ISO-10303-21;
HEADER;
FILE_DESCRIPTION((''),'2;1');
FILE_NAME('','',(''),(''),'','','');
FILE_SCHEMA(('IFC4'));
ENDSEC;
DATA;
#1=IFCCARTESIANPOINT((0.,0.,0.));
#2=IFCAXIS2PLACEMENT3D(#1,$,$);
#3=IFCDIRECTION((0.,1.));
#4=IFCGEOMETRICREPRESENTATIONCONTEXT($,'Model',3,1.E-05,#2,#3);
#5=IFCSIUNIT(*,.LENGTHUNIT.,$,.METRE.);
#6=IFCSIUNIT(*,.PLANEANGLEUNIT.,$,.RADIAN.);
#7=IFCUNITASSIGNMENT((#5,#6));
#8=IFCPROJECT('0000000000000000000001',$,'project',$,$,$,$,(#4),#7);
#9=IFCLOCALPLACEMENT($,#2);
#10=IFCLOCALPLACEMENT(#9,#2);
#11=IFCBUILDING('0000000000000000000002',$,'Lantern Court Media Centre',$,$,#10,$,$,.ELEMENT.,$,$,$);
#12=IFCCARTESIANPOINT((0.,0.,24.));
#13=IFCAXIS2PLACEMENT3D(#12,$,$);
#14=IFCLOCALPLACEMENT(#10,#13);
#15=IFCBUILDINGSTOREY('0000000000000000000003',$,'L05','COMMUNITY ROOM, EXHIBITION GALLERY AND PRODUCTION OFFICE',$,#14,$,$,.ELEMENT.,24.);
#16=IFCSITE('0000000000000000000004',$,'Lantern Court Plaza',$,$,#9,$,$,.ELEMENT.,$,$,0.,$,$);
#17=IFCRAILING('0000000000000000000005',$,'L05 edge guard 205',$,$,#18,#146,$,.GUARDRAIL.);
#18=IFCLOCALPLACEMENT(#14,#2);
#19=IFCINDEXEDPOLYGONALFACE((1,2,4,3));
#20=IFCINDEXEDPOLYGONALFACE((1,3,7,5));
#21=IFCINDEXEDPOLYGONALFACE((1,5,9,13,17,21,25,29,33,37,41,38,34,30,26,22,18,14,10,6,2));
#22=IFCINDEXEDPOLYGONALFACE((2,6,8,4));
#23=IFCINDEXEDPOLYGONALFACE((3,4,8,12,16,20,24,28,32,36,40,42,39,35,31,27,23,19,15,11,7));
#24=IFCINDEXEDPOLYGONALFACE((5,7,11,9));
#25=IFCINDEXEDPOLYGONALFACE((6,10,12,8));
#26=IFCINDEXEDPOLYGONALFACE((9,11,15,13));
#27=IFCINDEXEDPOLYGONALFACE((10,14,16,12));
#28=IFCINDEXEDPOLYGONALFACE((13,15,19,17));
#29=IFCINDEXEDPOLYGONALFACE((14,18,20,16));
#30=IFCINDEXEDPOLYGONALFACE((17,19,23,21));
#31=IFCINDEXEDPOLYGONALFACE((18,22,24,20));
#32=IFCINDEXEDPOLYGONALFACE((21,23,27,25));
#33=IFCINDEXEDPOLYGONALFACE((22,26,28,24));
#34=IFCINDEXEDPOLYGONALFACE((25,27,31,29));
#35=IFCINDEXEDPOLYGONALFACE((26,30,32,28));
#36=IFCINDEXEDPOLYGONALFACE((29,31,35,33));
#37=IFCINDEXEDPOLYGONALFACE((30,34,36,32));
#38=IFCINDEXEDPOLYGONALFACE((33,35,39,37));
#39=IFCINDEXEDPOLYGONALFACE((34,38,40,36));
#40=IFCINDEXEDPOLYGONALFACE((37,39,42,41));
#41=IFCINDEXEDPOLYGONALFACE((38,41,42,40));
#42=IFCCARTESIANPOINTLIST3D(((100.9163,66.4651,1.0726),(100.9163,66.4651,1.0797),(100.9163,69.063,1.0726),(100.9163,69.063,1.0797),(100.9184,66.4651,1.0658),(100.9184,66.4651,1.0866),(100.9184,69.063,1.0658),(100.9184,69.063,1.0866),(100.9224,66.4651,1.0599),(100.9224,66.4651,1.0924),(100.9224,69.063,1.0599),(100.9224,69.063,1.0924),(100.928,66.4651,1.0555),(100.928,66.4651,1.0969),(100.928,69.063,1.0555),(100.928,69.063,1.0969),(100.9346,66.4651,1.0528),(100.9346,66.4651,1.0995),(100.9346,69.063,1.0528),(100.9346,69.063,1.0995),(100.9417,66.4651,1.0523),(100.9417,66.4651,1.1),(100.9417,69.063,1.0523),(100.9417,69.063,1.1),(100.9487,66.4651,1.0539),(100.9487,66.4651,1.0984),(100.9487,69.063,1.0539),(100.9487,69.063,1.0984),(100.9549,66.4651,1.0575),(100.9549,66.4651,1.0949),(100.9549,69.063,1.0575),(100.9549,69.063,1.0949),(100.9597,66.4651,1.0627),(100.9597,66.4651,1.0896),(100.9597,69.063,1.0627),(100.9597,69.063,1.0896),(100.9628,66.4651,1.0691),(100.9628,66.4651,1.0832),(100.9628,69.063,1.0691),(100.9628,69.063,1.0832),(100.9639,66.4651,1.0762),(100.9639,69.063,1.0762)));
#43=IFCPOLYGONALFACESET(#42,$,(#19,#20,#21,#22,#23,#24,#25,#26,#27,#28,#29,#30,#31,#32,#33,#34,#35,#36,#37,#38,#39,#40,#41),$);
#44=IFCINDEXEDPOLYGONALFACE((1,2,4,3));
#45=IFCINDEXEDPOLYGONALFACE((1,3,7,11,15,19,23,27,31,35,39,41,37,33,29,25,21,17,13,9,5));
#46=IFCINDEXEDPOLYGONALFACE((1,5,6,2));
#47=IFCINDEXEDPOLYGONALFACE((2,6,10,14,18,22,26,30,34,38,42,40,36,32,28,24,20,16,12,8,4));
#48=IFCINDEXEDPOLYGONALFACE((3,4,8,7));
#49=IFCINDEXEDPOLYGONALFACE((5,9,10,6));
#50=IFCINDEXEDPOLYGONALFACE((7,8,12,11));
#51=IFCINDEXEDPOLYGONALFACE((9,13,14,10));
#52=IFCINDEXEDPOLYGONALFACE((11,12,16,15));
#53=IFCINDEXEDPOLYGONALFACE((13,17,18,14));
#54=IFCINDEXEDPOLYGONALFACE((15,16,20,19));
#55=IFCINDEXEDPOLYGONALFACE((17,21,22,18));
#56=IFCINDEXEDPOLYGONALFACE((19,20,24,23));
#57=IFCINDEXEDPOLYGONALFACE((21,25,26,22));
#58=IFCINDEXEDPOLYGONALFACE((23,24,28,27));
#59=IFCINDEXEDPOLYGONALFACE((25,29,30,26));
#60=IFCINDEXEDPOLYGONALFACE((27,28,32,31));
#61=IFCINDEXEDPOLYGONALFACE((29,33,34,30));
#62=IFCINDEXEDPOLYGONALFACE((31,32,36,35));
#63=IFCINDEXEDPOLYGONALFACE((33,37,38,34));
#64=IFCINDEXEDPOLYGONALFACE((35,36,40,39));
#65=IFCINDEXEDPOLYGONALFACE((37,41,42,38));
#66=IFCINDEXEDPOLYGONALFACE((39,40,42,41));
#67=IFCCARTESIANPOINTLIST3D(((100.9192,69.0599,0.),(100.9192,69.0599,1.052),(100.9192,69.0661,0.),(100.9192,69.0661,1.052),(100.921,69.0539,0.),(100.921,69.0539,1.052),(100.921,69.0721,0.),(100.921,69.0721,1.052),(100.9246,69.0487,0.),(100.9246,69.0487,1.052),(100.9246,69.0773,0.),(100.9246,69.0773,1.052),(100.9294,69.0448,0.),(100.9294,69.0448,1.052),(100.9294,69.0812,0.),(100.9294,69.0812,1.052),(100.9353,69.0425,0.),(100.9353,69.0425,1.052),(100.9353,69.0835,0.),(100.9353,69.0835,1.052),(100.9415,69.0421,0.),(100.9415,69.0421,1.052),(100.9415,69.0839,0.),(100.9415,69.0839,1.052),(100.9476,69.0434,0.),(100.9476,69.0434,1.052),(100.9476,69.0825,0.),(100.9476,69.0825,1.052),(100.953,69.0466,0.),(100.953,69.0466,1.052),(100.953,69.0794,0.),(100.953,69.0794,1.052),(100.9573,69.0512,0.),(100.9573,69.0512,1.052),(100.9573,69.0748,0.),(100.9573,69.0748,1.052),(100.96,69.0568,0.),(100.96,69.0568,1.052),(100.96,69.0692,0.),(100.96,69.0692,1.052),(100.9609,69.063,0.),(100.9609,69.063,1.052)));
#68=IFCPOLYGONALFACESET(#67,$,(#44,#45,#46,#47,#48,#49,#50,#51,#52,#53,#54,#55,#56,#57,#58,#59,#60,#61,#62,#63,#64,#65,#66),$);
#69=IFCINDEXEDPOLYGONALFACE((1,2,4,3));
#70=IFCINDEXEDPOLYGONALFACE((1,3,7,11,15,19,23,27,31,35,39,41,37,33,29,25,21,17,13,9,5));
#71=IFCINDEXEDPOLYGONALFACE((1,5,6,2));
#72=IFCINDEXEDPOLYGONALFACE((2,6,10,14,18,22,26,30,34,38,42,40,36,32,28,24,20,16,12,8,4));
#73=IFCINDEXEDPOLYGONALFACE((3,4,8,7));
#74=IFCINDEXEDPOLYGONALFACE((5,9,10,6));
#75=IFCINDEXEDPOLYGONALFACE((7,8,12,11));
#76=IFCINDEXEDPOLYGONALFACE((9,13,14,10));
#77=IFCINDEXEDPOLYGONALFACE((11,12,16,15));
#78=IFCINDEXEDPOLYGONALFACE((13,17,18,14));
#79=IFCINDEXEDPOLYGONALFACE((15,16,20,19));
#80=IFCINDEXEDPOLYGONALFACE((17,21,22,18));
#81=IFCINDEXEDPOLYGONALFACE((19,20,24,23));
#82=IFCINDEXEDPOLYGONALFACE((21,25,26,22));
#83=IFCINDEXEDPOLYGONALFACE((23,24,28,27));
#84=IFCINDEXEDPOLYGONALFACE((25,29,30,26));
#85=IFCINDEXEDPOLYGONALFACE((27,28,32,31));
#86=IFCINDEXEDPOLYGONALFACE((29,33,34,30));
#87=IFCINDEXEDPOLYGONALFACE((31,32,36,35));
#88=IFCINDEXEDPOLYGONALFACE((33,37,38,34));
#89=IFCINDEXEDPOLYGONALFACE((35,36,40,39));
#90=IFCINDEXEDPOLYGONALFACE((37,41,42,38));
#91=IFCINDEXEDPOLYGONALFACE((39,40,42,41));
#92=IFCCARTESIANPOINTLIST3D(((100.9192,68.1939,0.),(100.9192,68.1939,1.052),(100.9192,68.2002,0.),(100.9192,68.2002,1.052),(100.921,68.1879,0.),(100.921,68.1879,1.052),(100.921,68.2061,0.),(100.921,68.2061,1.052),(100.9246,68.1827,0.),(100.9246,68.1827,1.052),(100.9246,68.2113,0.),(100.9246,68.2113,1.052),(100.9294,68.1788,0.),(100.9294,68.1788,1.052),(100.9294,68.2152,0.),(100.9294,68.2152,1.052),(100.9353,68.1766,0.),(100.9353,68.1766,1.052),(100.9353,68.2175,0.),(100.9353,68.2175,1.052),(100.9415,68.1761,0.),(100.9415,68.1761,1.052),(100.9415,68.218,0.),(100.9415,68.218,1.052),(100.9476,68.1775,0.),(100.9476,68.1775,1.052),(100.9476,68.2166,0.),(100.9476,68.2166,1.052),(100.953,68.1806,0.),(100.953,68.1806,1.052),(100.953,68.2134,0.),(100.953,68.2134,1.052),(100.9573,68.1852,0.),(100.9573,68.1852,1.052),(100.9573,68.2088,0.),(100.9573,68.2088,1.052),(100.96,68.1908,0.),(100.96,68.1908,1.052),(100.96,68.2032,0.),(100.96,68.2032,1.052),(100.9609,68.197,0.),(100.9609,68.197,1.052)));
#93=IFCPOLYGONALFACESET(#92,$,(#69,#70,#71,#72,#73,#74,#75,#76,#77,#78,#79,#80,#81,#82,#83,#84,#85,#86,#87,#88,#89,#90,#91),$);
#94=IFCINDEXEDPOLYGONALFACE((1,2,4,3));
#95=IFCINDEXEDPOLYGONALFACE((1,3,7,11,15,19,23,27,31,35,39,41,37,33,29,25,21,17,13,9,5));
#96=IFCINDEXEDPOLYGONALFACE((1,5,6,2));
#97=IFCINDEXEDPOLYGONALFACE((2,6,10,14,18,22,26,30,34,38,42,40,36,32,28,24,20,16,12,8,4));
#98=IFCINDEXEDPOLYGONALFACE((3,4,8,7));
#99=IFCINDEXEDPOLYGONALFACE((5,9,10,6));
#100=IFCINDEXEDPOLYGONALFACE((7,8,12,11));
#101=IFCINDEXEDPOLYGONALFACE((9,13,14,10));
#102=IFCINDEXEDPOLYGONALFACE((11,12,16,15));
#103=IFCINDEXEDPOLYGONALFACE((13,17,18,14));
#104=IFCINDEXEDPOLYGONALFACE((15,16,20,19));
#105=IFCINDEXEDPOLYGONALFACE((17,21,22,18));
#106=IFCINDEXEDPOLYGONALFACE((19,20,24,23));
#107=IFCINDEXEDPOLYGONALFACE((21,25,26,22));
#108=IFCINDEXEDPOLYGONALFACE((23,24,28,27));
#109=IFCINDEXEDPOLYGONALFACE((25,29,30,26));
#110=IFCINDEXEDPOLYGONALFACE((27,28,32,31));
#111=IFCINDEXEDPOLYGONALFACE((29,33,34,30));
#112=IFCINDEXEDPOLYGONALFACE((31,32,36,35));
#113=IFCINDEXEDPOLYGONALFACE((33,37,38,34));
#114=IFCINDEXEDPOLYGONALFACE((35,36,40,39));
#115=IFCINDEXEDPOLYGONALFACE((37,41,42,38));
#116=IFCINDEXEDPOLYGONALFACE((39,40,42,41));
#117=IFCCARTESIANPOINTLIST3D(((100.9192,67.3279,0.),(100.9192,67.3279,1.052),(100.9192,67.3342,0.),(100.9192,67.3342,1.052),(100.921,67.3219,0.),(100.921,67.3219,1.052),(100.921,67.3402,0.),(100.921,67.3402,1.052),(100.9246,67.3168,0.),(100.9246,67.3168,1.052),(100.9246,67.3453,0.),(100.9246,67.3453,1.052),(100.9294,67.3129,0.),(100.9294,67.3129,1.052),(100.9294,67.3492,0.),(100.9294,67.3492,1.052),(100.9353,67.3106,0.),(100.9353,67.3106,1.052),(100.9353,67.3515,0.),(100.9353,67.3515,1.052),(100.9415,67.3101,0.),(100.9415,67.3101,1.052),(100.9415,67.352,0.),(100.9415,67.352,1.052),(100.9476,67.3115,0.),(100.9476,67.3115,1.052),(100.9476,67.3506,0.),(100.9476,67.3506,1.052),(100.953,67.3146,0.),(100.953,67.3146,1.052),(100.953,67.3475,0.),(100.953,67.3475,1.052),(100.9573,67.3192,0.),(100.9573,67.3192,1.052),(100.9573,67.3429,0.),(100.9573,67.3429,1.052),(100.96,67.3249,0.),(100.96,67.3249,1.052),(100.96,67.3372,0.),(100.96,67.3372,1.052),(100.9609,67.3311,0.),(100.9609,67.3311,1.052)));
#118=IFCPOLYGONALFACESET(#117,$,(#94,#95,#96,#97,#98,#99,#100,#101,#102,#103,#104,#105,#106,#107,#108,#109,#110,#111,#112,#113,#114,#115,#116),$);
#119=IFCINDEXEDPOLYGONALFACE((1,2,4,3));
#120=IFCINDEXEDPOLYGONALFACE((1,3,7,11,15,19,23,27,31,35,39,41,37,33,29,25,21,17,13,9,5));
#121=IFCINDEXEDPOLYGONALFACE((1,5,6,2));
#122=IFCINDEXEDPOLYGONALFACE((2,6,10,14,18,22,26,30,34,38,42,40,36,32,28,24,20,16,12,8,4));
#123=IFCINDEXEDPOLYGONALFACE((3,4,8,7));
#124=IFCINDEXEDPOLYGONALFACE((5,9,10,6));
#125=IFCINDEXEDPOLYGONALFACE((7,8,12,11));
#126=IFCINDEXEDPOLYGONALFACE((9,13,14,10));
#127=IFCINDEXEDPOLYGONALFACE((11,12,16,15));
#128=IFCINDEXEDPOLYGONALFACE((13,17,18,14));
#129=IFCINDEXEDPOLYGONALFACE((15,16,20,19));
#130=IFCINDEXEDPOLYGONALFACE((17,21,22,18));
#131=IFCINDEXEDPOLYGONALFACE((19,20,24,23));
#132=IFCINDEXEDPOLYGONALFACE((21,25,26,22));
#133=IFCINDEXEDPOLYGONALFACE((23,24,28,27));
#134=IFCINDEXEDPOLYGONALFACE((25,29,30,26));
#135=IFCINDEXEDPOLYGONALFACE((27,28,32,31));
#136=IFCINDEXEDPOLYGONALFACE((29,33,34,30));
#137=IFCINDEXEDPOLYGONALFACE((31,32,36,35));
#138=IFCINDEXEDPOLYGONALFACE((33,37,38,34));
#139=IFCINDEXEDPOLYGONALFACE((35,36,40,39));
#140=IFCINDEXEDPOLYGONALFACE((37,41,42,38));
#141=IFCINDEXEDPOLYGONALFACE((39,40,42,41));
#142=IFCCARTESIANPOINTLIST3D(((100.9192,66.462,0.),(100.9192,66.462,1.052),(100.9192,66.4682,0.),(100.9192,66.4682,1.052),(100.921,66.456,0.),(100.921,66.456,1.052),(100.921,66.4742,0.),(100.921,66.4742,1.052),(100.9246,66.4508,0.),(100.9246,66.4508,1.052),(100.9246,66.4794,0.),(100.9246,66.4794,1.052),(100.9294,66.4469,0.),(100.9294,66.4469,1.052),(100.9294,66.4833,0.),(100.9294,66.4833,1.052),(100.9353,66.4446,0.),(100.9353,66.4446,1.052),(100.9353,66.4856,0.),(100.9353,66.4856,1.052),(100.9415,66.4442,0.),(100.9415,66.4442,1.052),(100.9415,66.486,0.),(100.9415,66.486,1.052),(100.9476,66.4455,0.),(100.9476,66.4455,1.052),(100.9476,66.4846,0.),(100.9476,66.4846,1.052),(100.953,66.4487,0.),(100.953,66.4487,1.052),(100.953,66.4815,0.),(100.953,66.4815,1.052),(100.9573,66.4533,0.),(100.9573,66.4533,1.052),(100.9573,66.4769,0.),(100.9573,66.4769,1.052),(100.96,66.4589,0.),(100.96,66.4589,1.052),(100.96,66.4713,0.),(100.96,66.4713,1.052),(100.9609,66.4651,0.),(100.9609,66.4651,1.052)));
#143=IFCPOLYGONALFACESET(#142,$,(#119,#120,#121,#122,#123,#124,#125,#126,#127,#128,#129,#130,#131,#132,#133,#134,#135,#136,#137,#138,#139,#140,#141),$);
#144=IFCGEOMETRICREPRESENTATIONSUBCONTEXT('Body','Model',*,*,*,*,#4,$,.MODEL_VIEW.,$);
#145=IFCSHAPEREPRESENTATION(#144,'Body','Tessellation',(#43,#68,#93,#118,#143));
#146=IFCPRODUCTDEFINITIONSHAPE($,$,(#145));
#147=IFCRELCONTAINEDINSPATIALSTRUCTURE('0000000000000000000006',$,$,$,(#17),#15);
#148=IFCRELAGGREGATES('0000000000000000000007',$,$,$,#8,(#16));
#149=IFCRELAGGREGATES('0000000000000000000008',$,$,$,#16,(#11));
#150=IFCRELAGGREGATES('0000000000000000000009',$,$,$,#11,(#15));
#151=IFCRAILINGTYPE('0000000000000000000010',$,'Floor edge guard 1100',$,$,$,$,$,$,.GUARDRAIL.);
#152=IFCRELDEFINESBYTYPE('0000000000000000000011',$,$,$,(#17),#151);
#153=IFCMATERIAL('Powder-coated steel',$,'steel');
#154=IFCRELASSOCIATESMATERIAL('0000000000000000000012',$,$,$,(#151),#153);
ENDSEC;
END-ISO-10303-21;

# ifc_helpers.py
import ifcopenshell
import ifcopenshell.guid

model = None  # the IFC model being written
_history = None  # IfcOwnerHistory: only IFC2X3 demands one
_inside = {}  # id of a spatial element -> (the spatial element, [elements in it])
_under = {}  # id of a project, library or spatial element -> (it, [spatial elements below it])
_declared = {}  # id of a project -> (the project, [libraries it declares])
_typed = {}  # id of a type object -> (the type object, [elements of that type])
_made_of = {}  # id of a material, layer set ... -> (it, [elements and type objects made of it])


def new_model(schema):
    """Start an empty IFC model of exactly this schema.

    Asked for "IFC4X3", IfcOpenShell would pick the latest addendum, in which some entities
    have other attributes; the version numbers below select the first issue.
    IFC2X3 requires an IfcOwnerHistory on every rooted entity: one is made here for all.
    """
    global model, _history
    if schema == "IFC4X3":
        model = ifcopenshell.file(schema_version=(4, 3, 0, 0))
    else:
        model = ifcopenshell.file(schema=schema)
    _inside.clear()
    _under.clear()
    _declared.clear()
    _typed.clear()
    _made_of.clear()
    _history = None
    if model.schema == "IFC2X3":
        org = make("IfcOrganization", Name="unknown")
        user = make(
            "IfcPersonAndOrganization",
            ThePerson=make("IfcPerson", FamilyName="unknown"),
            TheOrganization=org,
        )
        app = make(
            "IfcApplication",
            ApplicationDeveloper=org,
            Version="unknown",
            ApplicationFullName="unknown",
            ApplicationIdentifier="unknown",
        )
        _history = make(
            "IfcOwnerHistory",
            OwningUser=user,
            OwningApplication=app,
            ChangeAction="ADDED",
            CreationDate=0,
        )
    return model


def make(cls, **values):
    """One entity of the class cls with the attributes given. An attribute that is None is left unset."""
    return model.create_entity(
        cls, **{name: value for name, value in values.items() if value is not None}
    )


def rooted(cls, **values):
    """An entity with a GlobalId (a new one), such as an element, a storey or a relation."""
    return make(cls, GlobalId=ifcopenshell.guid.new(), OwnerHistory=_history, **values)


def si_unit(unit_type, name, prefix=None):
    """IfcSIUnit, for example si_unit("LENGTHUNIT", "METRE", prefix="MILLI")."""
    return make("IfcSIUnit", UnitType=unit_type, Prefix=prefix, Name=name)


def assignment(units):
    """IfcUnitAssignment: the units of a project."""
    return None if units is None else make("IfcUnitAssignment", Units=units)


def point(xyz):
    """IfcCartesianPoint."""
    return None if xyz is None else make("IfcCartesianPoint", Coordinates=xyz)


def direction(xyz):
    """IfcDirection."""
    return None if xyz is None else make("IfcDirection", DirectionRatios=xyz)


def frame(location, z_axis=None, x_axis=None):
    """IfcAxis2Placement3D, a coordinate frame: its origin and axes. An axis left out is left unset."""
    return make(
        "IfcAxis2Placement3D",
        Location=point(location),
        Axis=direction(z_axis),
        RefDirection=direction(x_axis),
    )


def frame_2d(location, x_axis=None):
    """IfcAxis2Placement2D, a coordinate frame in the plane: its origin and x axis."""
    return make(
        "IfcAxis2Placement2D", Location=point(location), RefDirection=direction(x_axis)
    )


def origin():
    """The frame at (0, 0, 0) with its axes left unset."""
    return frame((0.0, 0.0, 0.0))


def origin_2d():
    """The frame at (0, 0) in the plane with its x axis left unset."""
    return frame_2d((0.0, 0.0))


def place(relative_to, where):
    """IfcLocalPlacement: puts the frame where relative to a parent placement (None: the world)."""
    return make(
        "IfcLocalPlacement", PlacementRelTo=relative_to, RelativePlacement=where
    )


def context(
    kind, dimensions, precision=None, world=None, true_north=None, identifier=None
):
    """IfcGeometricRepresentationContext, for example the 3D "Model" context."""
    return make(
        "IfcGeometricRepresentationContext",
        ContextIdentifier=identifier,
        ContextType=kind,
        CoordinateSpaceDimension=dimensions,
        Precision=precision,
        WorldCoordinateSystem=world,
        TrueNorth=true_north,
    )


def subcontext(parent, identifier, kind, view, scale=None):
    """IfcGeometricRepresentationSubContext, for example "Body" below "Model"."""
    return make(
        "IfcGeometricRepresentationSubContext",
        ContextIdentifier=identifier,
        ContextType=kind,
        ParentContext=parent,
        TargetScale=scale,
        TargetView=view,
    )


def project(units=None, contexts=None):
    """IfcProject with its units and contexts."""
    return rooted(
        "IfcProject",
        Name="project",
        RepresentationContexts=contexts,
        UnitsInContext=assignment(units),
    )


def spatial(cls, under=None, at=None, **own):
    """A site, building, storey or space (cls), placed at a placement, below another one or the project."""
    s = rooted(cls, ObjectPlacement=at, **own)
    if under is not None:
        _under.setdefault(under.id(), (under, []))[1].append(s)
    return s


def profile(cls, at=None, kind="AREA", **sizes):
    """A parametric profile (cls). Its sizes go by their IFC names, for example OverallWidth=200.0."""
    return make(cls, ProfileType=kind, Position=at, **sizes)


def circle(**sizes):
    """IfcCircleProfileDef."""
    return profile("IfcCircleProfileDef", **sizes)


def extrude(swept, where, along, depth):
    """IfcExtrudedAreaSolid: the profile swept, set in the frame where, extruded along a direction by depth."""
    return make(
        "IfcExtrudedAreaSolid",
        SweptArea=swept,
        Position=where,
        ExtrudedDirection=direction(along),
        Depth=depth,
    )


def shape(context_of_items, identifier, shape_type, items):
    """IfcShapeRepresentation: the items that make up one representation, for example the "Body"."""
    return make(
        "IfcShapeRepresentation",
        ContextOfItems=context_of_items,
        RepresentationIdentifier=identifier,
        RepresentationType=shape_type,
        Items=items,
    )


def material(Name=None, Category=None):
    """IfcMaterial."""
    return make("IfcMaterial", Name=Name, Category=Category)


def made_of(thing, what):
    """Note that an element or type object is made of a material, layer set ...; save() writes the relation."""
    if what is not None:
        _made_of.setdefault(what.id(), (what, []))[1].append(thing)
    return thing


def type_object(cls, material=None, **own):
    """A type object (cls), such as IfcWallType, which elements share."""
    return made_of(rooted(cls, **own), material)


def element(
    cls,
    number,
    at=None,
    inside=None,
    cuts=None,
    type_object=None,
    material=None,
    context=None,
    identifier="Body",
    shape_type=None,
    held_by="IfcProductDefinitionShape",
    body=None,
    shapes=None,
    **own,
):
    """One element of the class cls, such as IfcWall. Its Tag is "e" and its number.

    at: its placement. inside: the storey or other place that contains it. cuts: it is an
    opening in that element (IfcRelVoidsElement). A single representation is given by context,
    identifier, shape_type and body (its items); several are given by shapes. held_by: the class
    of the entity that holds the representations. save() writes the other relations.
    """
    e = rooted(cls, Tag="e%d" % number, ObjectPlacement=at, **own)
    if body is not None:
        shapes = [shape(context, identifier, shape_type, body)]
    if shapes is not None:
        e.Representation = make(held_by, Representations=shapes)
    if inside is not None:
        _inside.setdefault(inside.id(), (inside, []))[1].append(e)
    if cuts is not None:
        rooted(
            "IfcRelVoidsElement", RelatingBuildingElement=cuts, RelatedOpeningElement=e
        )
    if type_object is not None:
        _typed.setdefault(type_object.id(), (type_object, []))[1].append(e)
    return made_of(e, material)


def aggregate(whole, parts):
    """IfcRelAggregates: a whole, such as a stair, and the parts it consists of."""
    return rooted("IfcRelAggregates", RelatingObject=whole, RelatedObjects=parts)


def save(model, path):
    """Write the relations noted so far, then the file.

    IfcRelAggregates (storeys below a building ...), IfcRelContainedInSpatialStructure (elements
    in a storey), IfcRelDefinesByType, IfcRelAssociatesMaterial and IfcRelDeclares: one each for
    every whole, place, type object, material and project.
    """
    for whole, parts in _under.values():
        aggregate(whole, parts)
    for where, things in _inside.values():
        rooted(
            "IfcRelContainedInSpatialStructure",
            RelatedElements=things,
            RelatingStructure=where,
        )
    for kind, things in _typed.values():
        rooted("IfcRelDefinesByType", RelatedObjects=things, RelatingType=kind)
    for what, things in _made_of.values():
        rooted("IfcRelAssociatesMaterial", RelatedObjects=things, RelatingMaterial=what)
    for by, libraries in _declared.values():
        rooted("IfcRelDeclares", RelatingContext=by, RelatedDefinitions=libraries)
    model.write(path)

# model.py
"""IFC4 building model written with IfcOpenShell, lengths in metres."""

from ifc_helpers import new_model, si_unit, direction, frame, origin, origin_2d, place, context, subcontext, project, spatial, circle, extrude, material, type_object, element, save


model = new_model("IFC4")

# Units and contexts
model_context = context("Model", 3, precision=1e-05, world=origin(), true_north=direction((0.0, 1.0)))
body_context = subcontext(model_context, "Body", "Model", "MODEL_VIEW")
ifc_project = project(units=[si_unit("LENGTHUNIT", "METRE"), si_unit("PLANEANGLEUNIT", "RADIAN")], contexts=[model_context])

# Site, building, storey
site_placement = place(None, origin())
site = spatial("IfcSite", under=ifc_project, at=site_placement, Name="Lantern Court Plaza", CompositionType="ELEMENT", RefElevation=0.0)
building_placement = place(site_placement, origin())
building = spatial("IfcBuilding", under=site, at=building_placement, Name="Lantern Court Media Centre", CompositionType="ELEMENT")
storey_placement = place(building_placement, frame((0.0, 0.0, 24.0)))
storey = spatial("IfcBuildingStorey", under=building, at=storey_placement, Name="L05", Description="COMMUNITY ROOM, EXHIBITION GALLERY AND PRODUCTION OFFICE", CompositionType="ELEMENT", Elevation=24.0)

# Railing
ifc_material_1 = material(Name="Powder-coated steel", Category="steel")
railing_type = type_object("IfcRailingType", Name="Floor edge guard 1100", PredefinedType="GUARDRAIL", material=ifc_material_1)
railing_1_placement = place(storey_placement, frame((100.9399, 69.063, 0.0)))
element("IfcRailing", 1, at=railing_1_placement, inside=storey, type_object=railing_type, Name="L05 edge guard 205", PredefinedType="GUARDRAIL", context=body_context, shape_type="SweptSolid", body=[
    extrude(circle(Radius=0.0239, at=origin_2d()), frame((0.0, 0.0, 1.0762), z_axis=(0.0, -1.0, 0.0), x_axis=(1.0, 0.0, 0.0)), (0.0, 0.0, 1.0), 2.5979),
    extrude(circle(Radius=0.021, at=origin_2d()), origin(), (0.0, 0.0, 1.0), 1.052),
    extrude(circle(Radius=0.021, at=origin_2d()), frame((0.0, -0.866, 0.0)), (0.0, 0.0, 1.0), 1.052),
    extrude(circle(Radius=0.021, at=origin_2d()), frame((0.0, -1.7319, 0.0)), (0.0, 0.0, 1.0), 1.052),
    extrude(circle(Radius=0.021, at=origin_2d()), frame((0.0, -2.5979, 0.0)), (0.0, 0.0, 1.0), 1.052),
])

save(model, "model.ifc")
